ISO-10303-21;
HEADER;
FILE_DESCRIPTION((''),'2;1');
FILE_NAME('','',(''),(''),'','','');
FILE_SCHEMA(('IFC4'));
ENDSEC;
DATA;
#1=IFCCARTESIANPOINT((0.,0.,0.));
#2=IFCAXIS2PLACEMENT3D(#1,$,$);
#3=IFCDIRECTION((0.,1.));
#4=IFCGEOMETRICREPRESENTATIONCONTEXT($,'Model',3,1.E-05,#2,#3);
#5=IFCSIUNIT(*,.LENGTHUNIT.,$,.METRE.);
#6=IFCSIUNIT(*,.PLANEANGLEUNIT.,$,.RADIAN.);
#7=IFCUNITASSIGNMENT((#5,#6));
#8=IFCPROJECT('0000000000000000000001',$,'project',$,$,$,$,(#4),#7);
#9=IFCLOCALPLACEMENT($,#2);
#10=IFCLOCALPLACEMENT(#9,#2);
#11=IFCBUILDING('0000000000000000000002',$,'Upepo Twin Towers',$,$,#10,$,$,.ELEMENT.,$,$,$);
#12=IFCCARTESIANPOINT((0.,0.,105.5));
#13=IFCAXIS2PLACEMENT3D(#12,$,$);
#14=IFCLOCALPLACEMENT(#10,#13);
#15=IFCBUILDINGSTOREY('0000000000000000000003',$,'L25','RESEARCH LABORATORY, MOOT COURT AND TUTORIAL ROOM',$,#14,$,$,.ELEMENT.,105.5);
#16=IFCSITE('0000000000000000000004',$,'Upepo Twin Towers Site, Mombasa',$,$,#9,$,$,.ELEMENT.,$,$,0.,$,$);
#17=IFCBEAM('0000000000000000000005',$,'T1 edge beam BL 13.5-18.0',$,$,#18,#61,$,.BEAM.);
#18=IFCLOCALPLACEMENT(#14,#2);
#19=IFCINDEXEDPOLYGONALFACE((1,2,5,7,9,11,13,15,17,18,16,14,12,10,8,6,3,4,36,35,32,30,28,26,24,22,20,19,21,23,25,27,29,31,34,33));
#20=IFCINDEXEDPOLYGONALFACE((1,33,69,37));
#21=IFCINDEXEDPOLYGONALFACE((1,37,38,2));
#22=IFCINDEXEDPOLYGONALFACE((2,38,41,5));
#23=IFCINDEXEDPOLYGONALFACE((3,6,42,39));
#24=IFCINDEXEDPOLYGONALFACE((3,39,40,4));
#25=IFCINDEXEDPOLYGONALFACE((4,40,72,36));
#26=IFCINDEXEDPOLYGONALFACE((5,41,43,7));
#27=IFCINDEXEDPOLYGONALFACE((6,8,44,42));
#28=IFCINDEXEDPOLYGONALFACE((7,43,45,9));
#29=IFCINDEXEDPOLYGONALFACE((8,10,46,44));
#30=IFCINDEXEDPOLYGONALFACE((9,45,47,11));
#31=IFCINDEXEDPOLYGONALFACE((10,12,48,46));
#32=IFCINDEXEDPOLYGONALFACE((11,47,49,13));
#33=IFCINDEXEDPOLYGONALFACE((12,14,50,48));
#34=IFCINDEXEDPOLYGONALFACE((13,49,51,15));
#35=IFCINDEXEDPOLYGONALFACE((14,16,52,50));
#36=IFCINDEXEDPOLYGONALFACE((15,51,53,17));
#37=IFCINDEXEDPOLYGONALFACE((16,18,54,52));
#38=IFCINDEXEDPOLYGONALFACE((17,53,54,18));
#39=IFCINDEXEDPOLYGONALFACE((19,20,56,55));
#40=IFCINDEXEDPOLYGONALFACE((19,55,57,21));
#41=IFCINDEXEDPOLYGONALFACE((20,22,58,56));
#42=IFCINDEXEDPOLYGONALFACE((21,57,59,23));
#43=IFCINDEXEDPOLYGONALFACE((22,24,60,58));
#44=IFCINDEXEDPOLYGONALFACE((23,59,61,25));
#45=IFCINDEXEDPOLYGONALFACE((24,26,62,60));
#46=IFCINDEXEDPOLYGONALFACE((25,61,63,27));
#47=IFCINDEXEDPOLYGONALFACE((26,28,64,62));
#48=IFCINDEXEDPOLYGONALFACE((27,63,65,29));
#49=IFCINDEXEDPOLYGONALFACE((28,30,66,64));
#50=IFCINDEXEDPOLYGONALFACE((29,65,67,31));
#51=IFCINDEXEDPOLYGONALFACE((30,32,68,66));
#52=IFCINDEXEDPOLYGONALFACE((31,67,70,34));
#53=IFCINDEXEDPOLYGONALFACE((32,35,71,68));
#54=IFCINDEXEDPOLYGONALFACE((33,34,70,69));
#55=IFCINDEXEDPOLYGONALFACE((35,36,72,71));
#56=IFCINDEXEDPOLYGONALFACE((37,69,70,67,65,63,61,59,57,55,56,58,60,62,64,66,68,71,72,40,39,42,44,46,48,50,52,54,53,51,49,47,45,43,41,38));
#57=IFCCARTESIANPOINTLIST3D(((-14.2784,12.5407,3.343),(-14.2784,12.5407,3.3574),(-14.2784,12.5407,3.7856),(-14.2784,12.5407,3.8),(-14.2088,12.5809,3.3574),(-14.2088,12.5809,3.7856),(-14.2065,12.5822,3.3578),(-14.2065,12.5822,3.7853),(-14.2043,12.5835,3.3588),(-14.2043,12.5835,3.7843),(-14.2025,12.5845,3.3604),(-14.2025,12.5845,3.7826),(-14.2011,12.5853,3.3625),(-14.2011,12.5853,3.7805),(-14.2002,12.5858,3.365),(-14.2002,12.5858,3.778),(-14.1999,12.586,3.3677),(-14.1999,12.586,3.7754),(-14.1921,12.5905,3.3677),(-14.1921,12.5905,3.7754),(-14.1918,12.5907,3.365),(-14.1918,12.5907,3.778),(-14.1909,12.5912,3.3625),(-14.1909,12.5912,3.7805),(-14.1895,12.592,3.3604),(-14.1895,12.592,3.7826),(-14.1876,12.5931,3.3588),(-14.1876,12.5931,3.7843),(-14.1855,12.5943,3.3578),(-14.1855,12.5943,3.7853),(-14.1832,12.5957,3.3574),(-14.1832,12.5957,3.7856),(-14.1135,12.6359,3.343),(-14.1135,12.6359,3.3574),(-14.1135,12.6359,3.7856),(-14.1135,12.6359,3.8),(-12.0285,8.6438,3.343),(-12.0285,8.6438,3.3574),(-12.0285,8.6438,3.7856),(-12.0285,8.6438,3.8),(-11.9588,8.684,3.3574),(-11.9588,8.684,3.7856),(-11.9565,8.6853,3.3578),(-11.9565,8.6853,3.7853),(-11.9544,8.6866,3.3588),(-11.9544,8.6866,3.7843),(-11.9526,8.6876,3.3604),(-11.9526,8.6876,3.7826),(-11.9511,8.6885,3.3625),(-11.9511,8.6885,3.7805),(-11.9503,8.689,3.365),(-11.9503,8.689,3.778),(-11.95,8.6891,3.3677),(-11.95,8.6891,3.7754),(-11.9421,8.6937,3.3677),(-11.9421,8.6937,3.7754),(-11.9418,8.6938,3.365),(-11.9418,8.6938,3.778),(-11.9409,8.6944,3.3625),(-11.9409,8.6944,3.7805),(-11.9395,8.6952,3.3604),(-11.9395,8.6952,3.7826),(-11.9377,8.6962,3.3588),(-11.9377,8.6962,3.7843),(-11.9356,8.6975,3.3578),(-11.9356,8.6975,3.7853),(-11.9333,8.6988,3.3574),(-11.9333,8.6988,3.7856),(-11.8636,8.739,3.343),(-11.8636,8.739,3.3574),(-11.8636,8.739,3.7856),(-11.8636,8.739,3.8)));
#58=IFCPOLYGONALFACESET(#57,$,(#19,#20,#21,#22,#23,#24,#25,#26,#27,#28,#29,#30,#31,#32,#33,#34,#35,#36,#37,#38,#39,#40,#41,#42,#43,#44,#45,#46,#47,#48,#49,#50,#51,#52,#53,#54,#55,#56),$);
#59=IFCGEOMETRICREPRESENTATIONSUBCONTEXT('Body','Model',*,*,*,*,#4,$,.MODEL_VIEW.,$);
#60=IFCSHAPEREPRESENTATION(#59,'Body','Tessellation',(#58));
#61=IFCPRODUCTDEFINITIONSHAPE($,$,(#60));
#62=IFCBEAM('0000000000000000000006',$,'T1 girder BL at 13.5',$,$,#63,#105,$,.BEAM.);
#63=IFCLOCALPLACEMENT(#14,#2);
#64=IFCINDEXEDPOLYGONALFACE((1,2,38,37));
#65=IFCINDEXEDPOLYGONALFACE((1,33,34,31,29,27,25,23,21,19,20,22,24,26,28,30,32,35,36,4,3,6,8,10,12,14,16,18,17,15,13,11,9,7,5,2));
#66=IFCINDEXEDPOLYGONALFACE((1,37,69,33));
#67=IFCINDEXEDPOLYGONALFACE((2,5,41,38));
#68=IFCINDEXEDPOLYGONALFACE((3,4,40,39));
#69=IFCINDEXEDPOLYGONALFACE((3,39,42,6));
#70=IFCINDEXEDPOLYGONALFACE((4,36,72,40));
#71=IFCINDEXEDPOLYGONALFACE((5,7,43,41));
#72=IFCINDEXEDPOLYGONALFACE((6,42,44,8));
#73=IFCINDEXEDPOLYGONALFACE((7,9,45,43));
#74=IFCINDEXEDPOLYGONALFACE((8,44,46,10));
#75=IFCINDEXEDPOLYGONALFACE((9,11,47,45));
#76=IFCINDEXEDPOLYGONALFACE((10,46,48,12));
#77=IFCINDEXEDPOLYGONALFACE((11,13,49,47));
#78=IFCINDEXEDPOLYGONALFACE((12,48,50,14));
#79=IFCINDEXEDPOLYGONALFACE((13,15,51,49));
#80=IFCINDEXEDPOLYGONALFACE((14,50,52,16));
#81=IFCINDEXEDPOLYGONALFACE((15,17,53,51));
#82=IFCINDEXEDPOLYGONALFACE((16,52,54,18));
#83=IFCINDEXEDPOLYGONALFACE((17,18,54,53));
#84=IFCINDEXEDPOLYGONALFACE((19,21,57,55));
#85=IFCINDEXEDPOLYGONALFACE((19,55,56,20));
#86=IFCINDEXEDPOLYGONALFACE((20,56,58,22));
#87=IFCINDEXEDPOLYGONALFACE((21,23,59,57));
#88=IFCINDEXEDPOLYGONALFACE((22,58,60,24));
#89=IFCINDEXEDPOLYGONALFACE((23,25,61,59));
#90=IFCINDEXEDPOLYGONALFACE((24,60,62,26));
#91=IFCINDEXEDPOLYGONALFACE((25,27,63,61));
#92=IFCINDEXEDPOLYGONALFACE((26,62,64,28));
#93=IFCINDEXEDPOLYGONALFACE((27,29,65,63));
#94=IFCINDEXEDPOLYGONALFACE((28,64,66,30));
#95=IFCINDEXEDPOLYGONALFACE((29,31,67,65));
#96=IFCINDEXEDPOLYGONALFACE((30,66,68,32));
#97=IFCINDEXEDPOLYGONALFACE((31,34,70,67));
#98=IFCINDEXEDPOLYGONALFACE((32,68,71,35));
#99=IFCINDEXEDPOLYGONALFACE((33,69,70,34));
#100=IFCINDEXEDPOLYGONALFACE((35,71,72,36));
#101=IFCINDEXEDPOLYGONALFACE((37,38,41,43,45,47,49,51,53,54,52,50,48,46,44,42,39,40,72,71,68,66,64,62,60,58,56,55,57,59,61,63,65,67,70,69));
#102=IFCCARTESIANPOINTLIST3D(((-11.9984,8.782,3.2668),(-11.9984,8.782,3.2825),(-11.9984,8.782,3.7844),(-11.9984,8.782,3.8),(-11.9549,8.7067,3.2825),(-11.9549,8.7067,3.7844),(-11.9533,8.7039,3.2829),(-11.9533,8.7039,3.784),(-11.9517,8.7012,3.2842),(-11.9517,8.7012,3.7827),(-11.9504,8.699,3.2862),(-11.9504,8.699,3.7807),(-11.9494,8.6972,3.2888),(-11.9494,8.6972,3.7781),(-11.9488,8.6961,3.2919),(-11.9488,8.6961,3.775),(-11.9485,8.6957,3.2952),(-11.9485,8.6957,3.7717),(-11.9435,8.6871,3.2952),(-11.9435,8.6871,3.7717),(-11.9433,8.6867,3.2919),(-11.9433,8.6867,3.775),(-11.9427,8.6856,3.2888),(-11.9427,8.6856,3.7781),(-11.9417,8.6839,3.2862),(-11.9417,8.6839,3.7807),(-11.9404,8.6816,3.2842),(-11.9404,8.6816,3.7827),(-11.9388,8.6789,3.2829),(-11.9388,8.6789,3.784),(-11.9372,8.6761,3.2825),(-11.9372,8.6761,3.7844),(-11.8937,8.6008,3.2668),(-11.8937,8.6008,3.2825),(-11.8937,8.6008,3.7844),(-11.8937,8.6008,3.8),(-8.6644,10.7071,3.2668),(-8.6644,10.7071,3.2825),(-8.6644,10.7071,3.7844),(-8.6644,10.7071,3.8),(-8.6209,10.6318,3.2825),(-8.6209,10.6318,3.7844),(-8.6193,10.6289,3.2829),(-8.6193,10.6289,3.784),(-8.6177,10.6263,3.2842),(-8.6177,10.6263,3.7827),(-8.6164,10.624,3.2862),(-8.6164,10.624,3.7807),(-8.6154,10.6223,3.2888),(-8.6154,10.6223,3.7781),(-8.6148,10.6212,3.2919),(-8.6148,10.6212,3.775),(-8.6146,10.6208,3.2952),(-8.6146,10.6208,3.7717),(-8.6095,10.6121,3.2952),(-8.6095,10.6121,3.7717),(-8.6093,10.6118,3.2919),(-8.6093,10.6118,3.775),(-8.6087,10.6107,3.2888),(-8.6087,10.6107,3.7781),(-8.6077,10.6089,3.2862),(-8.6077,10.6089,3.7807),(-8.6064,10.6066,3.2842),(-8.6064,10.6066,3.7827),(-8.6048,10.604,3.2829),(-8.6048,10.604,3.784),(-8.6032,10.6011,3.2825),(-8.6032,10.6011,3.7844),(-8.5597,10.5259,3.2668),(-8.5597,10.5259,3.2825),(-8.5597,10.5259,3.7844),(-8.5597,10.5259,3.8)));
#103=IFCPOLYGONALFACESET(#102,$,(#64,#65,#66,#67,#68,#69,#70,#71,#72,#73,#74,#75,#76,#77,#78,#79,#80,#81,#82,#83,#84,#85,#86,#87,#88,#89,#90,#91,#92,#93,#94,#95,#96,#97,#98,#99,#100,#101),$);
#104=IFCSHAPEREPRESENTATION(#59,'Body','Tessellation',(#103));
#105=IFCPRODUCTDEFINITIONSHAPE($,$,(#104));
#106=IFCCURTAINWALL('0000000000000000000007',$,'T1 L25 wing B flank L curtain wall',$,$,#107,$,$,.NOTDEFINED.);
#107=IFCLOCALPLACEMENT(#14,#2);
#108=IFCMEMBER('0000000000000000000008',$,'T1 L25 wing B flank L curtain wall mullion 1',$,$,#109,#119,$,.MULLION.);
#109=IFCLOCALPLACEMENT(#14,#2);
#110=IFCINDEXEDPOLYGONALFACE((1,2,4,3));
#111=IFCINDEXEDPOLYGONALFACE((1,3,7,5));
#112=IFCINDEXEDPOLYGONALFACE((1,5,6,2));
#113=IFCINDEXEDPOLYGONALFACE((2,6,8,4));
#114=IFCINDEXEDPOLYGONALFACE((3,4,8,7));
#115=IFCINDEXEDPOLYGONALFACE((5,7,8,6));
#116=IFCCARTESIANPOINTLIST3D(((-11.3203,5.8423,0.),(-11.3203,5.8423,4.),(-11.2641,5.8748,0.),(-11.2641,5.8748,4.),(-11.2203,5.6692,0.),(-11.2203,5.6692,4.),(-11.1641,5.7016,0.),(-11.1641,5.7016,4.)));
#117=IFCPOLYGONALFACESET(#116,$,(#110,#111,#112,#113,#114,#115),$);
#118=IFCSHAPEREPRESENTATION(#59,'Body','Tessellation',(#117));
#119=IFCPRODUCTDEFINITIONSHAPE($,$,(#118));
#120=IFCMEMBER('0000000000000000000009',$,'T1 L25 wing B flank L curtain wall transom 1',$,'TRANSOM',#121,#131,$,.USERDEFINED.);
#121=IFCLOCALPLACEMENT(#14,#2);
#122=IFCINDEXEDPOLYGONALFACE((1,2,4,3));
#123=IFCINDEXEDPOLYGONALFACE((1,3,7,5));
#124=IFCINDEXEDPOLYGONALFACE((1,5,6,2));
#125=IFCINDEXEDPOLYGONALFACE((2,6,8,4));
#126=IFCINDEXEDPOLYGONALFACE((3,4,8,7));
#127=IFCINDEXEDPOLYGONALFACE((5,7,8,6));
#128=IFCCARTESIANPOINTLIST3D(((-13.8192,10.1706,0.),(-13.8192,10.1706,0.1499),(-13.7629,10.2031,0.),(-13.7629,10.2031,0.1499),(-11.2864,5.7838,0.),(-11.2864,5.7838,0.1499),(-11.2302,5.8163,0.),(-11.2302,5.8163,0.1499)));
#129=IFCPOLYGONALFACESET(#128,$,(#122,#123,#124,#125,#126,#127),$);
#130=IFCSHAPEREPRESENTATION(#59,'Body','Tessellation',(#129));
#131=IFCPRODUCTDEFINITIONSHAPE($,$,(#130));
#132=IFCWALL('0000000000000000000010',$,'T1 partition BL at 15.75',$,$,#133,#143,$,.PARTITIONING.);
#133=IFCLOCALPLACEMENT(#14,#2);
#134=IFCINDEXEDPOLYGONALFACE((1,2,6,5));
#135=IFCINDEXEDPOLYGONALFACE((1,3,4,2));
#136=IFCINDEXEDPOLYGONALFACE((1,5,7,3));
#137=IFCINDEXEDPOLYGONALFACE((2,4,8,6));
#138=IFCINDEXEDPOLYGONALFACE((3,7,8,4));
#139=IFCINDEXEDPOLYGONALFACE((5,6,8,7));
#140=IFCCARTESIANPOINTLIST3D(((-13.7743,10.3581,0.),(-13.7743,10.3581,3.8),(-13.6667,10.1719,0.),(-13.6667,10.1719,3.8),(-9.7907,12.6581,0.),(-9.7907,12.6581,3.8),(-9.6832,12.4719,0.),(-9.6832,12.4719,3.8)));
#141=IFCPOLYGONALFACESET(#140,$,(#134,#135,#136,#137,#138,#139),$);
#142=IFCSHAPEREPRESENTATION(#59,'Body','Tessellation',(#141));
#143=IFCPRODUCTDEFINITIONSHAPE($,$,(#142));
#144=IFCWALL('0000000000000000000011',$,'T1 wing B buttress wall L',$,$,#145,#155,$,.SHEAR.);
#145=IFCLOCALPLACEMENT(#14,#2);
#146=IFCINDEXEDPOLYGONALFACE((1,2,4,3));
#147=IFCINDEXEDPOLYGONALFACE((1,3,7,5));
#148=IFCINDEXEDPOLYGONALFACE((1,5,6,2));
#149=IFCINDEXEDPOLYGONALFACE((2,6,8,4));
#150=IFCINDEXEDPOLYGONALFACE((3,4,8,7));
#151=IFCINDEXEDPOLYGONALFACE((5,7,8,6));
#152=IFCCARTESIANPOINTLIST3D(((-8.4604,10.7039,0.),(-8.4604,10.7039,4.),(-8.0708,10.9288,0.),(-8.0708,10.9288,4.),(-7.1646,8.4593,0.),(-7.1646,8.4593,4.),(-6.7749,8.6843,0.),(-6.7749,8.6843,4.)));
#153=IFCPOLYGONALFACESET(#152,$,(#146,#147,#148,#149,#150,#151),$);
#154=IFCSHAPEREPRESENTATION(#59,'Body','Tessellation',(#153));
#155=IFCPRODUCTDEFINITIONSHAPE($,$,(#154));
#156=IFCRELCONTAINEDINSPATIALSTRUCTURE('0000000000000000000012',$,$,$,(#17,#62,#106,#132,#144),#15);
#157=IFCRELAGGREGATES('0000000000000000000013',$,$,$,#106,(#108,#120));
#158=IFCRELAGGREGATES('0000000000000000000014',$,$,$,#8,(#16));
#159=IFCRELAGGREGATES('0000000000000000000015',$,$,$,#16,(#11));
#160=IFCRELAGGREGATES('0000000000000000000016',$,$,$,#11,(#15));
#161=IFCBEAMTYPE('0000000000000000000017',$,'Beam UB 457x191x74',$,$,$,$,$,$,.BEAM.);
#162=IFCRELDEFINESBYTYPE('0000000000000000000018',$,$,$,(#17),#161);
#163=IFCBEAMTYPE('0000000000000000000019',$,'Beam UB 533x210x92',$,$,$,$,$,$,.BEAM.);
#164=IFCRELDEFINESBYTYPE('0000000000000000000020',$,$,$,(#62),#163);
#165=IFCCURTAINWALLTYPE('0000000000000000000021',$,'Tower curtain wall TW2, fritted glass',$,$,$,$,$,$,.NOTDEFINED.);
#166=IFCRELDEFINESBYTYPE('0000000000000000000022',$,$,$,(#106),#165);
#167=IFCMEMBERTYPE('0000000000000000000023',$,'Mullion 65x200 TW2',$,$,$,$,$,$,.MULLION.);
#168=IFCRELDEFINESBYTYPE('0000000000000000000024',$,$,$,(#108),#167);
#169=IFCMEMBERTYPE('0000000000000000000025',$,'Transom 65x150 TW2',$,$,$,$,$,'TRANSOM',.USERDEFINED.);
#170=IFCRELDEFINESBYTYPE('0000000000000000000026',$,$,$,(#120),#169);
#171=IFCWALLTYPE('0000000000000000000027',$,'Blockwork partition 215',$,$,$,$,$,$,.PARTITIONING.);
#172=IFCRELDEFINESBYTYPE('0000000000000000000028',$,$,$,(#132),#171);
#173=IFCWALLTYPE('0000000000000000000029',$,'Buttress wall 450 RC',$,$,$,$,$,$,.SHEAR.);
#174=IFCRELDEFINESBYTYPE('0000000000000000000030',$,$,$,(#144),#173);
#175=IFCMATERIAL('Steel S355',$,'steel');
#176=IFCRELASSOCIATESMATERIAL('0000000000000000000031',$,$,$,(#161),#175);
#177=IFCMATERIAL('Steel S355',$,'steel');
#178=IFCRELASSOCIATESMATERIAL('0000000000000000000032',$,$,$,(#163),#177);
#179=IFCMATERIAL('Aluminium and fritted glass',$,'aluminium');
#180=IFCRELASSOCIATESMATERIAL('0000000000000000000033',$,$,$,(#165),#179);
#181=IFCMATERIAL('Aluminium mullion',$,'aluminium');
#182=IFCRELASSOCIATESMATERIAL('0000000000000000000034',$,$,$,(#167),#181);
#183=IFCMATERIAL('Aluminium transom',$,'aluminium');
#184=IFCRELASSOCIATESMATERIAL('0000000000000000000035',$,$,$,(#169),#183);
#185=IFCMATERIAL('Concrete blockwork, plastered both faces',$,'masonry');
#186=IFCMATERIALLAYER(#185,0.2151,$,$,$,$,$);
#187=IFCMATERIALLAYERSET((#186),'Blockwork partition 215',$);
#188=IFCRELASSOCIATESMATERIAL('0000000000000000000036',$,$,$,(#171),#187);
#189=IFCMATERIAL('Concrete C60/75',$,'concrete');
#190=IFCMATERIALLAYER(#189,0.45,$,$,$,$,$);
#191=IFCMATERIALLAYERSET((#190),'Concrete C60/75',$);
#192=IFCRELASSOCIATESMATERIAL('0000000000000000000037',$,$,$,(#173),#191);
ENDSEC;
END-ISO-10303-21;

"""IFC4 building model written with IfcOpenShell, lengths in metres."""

from ifc_helpers import new_model, si_unit, direction, frame, frame_2d, origin, origin_2d, place, context, subcontext, project, spatial, rectangle, i_section, extrude, material, layer, layer_set, material_profile, profile_set, type_object, element, aggregate, save


model = new_model("IFC4")

# Units and contexts
model_context = context("Model", 3, precision=1e-05, world=origin(), true_north=direction((0.0, 1.0)))
body_context = subcontext(model_context, "Body", "Model", "MODEL_VIEW")
ifc_project = project(units=[si_unit("LENGTHUNIT", "METRE"), si_unit("PLANEANGLEUNIT", "RADIAN")], contexts=[model_context])

# Site, building, storey
site_placement = place(None, origin())
site = spatial("IfcSite", under=ifc_project, at=site_placement, Name="Upepo Twin Towers Site, Mombasa", CompositionType="ELEMENT", RefElevation=0.0)
building_placement = place(site_placement, origin())
building = spatial("IfcBuilding", under=site, at=building_placement, Name="Upepo Twin Towers", CompositionType="ELEMENT")
storey_placement = place(building_placement, frame((0.0, 0.0, 105.5)))
storey = spatial("IfcBuildingStorey", under=building, at=storey_placement, Name="L25", Description="RESEARCH LABORATORY, MOOT COURT AND TUTORIAL ROOM", CompositionType="ELEMENT", Elevation=105.5)

# Beams
ifc_material_1 = material(Name="Steel S355", Category="steel")
ifc_material_profile_1 = material_profile(ifc_material_1, i_section(OverallWidth=0.1904, OverallDepth=0.457, WebThickness=0.009, FlangeThickness=0.0144, FilletRadius=0.0103, at=origin_2d()), Name="UB 457x191x74")
ifc_profile_set_1 = profile_set([ifc_material_profile_1], Name="Steel S355")
beam_type_1 = type_object("IfcBeamType", Name="Beam UB 457x191x74", PredefinedType="BEAM", material=ifc_profile_set_1)
beam_1_placement = place(storey_placement, frame((-11.946, 8.6914, 3.5715), z_axis=(-0.500014, 0.866018, 0.0), x_axis=(-0.866018, -0.500014, 0.0)))
element("IfcBeam", 1, at=beam_1_placement, inside=storey, type_object=beam_type_1, Name="T1 edge beam BL 13.5-18.0", PredefinedType="BEAM", context=body_context, shape_type="SweptSolid", body=[
    extrude(i_section(OverallWidth=0.1904, OverallDepth=0.457, WebThickness=0.009, FlangeThickness=0.0144, FilletRadius=0.0103, at=origin_2d()), origin(), (0.0, 0.0, 1.0), 4.4998),
])
ifc_material_2 = material(Name="Steel S355", Category="steel")
ifc_material_profile_2 = material_profile(ifc_material_2, i_section(OverallWidth=0.2092, OverallDepth=0.5332, WebThickness=0.01, FlangeThickness=0.0156, FilletRadius=0.0127, at=origin_2d()), Name="UB 533x210x92")
ifc_profile_set_2 = profile_set([ifc_material_profile_2], Name="Steel S355")
beam_type_2 = type_object("IfcBeamType", Name="Beam UB 533x210x92", PredefinedType="BEAM", material=ifc_profile_set_2)
beam_2_placement = place(storey_placement, frame((-11.946, 8.6914, 3.5334), z_axis=(0.866006, 0.500034, 0.0), x_axis=(-0.500034, 0.866006, 0.0)))
element("IfcBeam", 2, at=beam_2_placement, inside=storey, type_object=beam_type_2, Name="T1 girder BL at 13.5", PredefinedType="BEAM", context=body_context, shape_type="SweptSolid", body=[
    extrude(i_section(OverallWidth=0.2092, OverallDepth=0.5332, WebThickness=0.01, FlangeThickness=0.0156, FilletRadius=0.0127, at=origin_2d()), origin(), (0.0, 0.0, 1.0), 3.8499),
])

# Curtain wall, members
ifc_material_3 = material(Name="Aluminium and fritted glass", Category="aluminium")
curtain_wall_type = type_object("IfcCurtainWallType", Name="Tower curtain wall TW2, fritted glass", PredefinedType="NOTDEFINED", material=ifc_material_3)
curtain_wall_placement = place(storey_placement, origin())
curtain_wall = element("IfcCurtainWall", 3, at=curtain_wall_placement, inside=storey, type_object=curtain_wall_type, Name="T1 L25 wing B flank L curtain wall", PredefinedType="NOTDEFINED")
ifc_material_4 = material(Name="Aluminium mullion", Category="aluminium")
ifc_material_profile_3 = material_profile(ifc_material_4, rectangle(XDim=0.0649, YDim=0.2, at=origin_2d()), Name="MULLION 65x200")
ifc_profile_set_3 = profile_set([ifc_material_profile_3], Name="Aluminium mullion")
member_type_1 = type_object("IfcMemberType", Name="Mullion 65x200 TW2", PredefinedType="MULLION", material=ifc_profile_set_3)
member_1_placement = place(storey_placement, frame((-11.2422, 5.772, 0.0), z_axis=(0.0, 0.0, 1.0), x_axis=(-0.866025, -0.5, 0.0)))
member_1 = element("IfcMember", 4, at=member_1_placement, type_object=member_type_1, Name="T1 L25 wing B flank L curtain wall mullion 1", PredefinedType="MULLION", context=body_context, shape_type="SweptSolid", body=[
    extrude(rectangle(XDim=0.0649, YDim=0.2, at=origin_2d()), origin(), (0.0, 0.0, 1.0), 4.0),
])
ifc_material_5 = material(Name="Aluminium transom", Category="aluminium")
ifc_material_profile_4 = material_profile(ifc_material_5, rectangle(XDim=0.0649, YDim=0.1499, at=origin_2d()), Name="TRANSOM 65x150")
ifc_profile_set_4 = profile_set([ifc_material_profile_4], Name="Aluminium transom")
member_type_2 = type_object("IfcMemberType", Name="Transom 65x150 TW2", ElementType="TRANSOM", PredefinedType="USERDEFINED", material=ifc_profile_set_4)
member_2_placement = place(storey_placement, frame((-11.2583, 5.8, 0.075), z_axis=(-0.500006, 0.866022, 0.0), x_axis=(-0.866022, -0.500006, 0.0)))
member_2 = element("IfcMember", 5, at=member_2_placement, type_object=member_type_2, Name="T1 L25 wing B flank L curtain wall transom 1", ObjectType="TRANSOM", PredefinedType="USERDEFINED", context=body_context, shape_type="SweptSolid", body=[
    extrude(rectangle(XDim=0.0649, YDim=0.1499, at=origin_2d()), origin(), (0.0, 0.0, 1.0), 5.0654),
])
aggregate(curtain_wall, [member_1, member_2])

# Walls
ifc_material_6 = material(Name="Concrete blockwork, plastered both faces", Category="masonry")
ifc_layer_1 = layer(ifc_material_6, 0.2151)
ifc_layer_set_1 = layer_set([ifc_layer_1], Name="Blockwork partition 215")
wall_type_1 = type_object("IfcWallType", Name="Blockwork partition 215", PredefinedType="PARTITIONING", material=ifc_layer_set_1)
wall_1_placement = place(storey_placement, frame((-9.7371, 12.5649, 0.0), z_axis=(0.0, 0.0, 1.0), x_axis=(-0.866017, -0.500015, 0.0)))
element("IfcWall", 6, at=wall_1_placement, inside=storey, type_object=wall_type_1, Name="T1 partition BL at 15.75", PredefinedType="PARTITIONING", context=body_context, shape_type="SweptSolid", body=[
    extrude(rectangle(XDim=4.5999, YDim=0.2151, at=frame_2d((2.2998, 0.0))), origin(), (0.0, 0.0, 1.0), 3.8),
])
ifc_material_7 = material(Name="Concrete C60/75", Category="concrete")
ifc_layer_2 = layer(ifc_material_7, 0.45)
ifc_layer_set_2 = layer_set([ifc_layer_2], Name="Concrete C60/75")
wall_type_2 = type_object("IfcWallType", Name="Buttress wall 450 RC", PredefinedType="SHEAR", material=ifc_layer_set_2)
wall_2_placement = place(storey_placement, frame((-6.9697, 8.5718, 0.0), z_axis=(0.0, 0.0, 1.0), x_axis=(-0.499989, 0.866032, 0.0)))
element("IfcWall", 7, at=wall_2_placement, inside=storey, type_object=wall_type_2, Name="T1 wing B buttress wall L", PredefinedType="SHEAR", context=body_context, shape_type="SweptSolid", body=[
    extrude(rectangle(XDim=2.5918, YDim=0.45, at=frame_2d((1.2959, 0.0))), origin(), (0.0, 0.0, 1.0), 4.0),
])

save(model, "model.ifc")
